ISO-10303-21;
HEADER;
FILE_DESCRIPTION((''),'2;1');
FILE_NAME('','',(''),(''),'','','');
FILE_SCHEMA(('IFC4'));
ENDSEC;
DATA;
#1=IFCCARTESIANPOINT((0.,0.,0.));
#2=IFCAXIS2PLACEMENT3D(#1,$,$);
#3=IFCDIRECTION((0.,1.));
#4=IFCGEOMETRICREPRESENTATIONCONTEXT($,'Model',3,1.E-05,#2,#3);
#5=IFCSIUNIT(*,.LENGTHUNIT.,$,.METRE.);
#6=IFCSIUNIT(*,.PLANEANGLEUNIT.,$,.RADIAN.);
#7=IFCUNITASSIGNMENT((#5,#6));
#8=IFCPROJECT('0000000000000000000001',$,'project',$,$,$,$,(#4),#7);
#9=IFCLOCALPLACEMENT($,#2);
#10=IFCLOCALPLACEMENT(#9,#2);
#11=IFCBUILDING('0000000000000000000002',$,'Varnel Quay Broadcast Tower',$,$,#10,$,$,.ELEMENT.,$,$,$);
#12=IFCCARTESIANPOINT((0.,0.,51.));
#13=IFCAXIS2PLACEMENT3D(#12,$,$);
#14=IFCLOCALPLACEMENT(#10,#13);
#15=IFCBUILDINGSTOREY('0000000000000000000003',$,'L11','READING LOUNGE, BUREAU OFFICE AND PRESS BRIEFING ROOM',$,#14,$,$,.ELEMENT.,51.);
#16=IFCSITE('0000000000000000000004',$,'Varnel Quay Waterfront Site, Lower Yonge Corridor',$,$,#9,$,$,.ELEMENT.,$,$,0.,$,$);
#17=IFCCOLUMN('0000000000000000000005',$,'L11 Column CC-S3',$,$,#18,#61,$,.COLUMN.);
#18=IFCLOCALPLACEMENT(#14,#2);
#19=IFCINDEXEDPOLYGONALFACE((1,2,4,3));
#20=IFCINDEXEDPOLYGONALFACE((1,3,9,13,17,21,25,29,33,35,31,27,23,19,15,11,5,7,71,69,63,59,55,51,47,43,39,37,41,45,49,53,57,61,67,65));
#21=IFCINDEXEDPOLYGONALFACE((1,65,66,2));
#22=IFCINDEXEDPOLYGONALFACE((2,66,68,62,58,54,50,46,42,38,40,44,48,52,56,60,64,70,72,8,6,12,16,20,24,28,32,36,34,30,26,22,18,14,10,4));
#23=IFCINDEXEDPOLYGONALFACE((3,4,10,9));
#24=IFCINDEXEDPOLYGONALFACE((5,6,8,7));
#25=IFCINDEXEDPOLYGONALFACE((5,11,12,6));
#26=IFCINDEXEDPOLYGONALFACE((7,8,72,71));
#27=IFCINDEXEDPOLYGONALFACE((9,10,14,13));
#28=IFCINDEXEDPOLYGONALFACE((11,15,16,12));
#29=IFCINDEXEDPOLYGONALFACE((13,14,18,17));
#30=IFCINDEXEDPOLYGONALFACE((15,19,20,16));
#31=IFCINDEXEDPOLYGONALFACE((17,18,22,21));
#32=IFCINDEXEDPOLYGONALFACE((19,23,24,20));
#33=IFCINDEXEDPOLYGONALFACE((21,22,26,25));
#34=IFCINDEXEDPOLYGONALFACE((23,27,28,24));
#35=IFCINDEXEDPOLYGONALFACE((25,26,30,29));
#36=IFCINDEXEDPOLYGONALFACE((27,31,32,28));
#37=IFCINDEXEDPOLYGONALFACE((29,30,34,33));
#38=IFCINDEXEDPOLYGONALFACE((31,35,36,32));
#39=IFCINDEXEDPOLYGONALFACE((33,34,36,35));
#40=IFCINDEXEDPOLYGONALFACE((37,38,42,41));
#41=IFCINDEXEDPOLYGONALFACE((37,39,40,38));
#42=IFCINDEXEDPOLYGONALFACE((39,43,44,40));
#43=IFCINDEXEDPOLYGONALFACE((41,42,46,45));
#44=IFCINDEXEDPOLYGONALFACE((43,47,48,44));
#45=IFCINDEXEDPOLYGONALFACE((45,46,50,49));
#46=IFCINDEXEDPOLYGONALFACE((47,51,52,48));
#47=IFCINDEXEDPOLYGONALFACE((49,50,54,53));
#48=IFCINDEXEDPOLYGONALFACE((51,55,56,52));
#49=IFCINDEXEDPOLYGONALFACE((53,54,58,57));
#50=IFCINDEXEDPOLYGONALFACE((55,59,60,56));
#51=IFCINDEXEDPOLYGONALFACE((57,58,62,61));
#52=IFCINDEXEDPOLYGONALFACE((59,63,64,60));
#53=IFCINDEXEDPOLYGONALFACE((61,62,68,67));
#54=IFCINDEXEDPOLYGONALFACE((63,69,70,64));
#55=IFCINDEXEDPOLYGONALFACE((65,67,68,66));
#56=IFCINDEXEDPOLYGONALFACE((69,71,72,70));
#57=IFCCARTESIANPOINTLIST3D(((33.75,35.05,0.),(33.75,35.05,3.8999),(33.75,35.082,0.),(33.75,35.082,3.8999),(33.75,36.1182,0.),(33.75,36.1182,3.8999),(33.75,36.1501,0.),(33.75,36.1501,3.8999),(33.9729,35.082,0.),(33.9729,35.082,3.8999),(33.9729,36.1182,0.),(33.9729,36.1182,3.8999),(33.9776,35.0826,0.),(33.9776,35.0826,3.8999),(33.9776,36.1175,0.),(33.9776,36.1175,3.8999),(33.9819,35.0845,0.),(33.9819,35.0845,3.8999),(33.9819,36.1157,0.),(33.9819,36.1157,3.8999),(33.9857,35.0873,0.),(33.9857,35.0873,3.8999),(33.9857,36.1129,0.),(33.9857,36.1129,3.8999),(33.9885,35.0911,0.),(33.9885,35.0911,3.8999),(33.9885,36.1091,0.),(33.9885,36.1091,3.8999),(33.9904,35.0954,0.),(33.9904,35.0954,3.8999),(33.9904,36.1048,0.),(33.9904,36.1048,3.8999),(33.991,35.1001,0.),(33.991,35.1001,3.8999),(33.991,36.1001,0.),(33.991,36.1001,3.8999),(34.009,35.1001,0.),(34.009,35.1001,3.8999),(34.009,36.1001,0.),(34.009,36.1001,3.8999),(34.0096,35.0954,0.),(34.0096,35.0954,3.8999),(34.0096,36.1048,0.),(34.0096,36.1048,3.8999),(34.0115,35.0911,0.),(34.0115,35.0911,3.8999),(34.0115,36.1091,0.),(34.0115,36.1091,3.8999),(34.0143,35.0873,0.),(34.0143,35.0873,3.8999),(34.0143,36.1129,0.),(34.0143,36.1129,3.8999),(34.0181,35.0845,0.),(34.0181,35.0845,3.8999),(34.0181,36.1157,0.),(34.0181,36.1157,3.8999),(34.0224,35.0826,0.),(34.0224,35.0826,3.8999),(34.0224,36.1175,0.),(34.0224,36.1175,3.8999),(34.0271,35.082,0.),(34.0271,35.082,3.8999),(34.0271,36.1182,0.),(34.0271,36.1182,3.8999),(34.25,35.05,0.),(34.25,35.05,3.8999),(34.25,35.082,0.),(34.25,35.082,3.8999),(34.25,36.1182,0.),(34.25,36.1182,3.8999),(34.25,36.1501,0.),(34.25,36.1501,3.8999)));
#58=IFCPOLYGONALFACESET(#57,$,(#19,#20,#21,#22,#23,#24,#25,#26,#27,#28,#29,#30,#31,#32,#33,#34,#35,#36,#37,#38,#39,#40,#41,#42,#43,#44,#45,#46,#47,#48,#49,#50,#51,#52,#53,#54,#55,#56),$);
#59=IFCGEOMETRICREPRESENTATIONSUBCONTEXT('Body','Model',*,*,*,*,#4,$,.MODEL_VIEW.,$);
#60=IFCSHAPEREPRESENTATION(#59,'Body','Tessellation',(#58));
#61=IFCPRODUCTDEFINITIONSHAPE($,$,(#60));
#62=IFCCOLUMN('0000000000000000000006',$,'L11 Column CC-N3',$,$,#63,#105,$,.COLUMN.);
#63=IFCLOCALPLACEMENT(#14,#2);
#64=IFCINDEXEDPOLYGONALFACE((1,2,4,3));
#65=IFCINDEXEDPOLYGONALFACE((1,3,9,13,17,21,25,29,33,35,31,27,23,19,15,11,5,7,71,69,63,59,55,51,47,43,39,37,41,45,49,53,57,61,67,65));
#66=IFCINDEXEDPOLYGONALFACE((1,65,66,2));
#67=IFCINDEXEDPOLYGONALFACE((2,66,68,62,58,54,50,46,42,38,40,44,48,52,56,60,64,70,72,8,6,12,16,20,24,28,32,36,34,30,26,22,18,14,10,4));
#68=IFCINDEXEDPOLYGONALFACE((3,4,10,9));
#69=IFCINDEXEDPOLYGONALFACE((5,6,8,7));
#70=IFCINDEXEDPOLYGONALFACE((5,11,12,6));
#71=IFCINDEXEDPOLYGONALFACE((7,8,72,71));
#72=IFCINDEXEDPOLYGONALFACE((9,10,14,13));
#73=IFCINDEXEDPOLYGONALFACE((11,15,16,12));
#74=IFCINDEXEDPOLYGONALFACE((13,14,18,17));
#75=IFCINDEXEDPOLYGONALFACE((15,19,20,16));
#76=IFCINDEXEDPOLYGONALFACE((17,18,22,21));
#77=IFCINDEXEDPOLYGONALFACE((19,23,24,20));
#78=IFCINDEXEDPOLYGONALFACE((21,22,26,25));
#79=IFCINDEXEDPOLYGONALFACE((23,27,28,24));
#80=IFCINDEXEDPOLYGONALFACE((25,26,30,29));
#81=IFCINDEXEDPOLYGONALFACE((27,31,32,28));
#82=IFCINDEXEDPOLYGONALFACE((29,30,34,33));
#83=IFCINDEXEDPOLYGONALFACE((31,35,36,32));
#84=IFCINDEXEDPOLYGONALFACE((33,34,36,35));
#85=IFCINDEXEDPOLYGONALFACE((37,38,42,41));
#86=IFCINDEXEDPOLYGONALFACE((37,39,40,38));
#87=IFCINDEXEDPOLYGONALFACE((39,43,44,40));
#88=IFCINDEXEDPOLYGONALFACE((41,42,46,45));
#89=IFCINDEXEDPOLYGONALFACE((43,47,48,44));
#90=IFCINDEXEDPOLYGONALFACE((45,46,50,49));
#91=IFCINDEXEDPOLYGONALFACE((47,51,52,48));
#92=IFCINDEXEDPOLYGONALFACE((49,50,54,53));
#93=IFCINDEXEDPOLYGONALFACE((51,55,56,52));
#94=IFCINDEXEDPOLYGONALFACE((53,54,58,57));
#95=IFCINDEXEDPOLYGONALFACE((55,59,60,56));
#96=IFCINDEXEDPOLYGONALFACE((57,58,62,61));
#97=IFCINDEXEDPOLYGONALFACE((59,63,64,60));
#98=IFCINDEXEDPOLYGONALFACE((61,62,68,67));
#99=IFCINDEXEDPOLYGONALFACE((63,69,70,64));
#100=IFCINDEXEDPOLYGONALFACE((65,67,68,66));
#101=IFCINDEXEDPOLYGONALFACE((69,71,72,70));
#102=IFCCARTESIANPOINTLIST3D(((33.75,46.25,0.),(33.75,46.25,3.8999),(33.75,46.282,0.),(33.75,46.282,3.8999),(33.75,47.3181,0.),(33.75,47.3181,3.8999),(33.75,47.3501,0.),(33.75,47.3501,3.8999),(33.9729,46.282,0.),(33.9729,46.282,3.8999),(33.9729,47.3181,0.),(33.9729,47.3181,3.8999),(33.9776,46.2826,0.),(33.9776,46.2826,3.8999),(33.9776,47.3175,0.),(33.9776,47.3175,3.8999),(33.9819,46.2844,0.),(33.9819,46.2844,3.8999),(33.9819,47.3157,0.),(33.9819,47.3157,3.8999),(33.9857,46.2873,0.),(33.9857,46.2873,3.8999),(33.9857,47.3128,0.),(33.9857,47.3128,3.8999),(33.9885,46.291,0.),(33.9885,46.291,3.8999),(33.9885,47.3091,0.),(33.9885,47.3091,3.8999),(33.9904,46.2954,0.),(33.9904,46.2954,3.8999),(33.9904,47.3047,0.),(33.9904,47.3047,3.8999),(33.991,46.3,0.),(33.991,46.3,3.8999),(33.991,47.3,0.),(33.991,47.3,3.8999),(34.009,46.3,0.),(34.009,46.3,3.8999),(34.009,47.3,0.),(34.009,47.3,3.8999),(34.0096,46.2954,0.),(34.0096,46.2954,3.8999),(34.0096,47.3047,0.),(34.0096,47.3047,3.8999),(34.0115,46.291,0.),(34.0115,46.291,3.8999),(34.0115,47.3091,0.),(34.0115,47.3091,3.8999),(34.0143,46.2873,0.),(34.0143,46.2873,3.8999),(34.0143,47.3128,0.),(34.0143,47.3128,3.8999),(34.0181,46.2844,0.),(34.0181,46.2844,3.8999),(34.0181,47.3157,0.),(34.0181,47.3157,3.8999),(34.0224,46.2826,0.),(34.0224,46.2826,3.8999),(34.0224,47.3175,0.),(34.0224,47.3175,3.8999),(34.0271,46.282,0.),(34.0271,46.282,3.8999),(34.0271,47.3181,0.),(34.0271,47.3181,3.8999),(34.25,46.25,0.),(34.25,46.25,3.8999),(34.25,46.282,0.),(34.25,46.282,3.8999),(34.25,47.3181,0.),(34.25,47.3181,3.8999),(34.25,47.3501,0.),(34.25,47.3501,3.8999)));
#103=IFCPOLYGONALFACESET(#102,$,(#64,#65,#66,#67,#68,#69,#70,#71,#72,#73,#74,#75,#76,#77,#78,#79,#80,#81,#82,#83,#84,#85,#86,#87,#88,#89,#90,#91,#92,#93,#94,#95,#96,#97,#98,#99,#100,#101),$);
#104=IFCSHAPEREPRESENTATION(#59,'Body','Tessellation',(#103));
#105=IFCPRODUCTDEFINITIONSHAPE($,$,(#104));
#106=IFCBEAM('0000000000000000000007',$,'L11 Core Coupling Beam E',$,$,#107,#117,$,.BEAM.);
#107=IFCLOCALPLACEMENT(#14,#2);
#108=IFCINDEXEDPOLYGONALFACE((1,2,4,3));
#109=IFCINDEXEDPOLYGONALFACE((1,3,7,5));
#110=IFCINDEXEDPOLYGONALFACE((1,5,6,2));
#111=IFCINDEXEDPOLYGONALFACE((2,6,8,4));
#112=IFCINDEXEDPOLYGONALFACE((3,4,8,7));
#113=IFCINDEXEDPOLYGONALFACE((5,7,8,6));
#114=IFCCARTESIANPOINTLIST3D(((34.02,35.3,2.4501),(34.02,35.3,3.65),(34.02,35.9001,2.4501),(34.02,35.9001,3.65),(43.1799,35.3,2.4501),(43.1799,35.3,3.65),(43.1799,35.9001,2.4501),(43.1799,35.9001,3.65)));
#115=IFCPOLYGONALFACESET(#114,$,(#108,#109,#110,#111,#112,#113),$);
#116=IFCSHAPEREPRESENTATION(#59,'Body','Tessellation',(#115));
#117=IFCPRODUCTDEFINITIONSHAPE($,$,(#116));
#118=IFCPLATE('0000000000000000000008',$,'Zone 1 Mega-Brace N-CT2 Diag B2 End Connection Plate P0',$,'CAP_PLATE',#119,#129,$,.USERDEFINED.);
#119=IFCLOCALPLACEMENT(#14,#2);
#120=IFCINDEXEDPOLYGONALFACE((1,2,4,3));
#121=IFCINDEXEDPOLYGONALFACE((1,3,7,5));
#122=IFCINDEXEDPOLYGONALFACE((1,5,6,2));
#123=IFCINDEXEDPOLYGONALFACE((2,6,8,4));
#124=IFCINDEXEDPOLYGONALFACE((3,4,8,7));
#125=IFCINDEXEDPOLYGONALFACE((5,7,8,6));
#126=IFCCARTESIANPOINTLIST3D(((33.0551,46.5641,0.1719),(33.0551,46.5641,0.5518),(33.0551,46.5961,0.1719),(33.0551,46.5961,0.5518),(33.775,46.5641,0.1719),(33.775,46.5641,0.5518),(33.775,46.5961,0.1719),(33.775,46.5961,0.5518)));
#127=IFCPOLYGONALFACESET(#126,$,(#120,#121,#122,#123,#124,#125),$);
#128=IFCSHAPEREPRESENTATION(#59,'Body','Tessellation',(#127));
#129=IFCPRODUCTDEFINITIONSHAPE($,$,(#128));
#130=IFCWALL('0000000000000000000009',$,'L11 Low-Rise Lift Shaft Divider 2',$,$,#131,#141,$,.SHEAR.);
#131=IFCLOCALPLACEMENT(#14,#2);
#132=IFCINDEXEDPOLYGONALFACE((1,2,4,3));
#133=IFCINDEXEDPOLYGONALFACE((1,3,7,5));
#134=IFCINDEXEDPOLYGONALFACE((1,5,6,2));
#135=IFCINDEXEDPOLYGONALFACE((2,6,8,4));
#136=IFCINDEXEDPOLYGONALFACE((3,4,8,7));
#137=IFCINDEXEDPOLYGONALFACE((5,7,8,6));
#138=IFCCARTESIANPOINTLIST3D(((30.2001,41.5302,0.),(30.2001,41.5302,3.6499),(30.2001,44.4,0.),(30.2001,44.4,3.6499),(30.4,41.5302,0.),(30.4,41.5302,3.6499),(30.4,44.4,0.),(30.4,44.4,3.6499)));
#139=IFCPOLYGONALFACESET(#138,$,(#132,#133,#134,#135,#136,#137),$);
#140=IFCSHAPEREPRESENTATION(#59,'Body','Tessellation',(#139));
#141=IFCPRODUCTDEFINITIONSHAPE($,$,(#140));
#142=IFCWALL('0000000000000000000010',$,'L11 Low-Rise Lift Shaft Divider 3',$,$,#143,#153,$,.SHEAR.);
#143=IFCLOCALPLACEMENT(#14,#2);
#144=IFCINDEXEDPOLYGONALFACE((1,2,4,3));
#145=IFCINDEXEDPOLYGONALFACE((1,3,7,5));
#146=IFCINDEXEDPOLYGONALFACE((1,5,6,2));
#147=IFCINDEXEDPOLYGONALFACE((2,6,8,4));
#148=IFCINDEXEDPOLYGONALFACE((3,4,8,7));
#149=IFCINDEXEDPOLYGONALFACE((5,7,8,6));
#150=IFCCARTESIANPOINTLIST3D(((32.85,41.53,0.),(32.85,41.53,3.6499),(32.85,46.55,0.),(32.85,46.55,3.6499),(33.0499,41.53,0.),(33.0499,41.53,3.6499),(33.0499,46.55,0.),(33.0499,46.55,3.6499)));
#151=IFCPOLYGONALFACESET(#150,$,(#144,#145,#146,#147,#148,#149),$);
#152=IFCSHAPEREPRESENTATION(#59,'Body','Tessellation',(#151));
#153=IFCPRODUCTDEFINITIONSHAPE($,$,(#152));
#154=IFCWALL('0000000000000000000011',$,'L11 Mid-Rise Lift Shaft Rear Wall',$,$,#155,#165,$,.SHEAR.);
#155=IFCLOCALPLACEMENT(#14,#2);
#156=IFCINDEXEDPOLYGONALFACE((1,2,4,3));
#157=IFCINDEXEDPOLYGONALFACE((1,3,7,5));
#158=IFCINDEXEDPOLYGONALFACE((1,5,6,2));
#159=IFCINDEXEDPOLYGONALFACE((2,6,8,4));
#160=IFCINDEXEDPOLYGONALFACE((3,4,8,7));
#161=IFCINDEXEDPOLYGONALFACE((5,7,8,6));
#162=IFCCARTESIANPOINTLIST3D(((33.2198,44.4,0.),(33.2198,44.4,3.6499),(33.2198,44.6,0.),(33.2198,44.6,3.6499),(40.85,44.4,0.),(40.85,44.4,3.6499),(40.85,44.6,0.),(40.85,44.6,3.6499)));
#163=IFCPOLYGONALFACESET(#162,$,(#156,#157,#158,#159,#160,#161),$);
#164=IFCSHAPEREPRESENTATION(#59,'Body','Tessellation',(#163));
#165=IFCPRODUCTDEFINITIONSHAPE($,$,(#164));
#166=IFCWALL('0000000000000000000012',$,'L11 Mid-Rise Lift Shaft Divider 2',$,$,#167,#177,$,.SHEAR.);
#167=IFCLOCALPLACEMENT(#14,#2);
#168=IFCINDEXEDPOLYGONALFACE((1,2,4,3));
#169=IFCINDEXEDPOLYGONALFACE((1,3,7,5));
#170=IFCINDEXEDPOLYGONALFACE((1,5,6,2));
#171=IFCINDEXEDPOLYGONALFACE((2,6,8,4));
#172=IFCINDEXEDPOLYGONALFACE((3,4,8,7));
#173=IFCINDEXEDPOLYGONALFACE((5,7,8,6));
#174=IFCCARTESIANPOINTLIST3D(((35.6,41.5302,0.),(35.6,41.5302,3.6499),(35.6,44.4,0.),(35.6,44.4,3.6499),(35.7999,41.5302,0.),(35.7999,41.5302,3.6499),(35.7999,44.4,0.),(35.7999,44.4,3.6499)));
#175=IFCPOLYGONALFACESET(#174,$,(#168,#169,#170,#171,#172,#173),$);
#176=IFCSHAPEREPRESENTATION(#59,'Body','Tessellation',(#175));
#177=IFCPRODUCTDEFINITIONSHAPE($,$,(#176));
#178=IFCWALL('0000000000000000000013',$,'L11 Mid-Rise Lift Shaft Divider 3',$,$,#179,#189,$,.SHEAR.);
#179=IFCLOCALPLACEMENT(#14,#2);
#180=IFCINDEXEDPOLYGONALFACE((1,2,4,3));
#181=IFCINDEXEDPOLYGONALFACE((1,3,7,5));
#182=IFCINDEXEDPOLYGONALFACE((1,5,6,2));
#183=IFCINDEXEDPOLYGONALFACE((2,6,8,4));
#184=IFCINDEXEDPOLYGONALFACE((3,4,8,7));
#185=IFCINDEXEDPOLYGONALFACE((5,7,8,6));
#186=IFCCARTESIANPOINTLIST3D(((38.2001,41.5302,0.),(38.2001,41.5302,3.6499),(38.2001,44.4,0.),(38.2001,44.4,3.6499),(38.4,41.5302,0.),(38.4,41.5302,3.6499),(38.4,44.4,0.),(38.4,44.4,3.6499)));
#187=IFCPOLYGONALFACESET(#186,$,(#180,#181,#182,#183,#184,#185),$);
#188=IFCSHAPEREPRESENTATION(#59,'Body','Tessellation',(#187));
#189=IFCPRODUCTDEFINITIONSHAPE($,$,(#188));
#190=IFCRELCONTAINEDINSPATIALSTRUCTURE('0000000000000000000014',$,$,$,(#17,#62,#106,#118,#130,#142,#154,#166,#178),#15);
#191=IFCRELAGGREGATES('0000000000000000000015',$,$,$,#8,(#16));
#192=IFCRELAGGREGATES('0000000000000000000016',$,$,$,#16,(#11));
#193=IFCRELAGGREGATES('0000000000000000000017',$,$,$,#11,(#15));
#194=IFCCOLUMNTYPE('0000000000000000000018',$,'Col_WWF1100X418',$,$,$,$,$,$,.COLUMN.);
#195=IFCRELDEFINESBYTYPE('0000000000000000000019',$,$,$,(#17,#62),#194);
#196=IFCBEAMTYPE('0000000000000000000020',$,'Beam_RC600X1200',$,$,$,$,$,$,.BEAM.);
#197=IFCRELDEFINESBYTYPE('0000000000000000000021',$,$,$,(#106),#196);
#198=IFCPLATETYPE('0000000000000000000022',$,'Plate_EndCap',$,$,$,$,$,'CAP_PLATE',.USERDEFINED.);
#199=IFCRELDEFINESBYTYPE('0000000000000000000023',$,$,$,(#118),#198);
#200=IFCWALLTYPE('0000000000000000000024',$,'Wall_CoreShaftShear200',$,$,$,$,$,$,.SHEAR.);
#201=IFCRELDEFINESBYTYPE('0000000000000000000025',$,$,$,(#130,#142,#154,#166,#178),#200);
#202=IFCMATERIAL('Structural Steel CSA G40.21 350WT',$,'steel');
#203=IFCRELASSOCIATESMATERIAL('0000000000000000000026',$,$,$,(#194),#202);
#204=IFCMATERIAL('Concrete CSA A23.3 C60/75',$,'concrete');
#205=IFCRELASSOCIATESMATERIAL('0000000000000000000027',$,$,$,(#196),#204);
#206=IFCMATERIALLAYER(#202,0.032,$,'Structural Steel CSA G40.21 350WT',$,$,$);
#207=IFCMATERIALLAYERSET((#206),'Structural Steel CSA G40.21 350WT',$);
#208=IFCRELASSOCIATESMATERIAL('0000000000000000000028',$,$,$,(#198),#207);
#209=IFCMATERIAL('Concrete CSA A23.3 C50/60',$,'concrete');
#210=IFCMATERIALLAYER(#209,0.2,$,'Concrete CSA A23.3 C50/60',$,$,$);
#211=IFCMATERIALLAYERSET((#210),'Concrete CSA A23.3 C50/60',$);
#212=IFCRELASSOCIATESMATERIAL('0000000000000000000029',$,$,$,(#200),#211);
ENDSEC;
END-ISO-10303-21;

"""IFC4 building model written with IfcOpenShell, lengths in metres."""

from ifc_helpers import new_model, si_unit, direction, frame, frame_2d, origin, origin_2d, place, context, subcontext, project, spatial, rectangle, i_section, extrude, source, transform, mapped, material, layer, layer_set, material_profile, profile_set, type_object, type_shapes, element, save


model = new_model("IFC4")

# Units and contexts
model_context = context("Model", 3, precision=1e-05, world=origin(), true_north=direction((0.0, 1.0)))
body_context = subcontext(model_context, "Body", "Model", "MODEL_VIEW")
ifc_project = project(units=[si_unit("LENGTHUNIT", "METRE"), si_unit("PLANEANGLEUNIT", "RADIAN")], contexts=[model_context])

# Site, building, storey
site_placement = place(None, origin())
site = spatial("IfcSite", under=ifc_project, at=site_placement, Name="Varnel Quay Waterfront Site, Lower Yonge Corridor", CompositionType="ELEMENT", RefElevation=0.0)
building_placement = place(site_placement, origin())
building = spatial("IfcBuilding", under=site, at=building_placement, Name="Varnel Quay Broadcast Tower", CompositionType="ELEMENT")
storey_placement = place(building_placement, frame((0.0, 0.0, 51.0)))
storey = spatial("IfcBuildingStorey", under=building, at=storey_placement, Name="L11", Description="READING LOUNGE, BUREAU OFFICE AND PRESS BRIEFING ROOM", CompositionType="ELEMENT", Elevation=51.0)

# Columns
ifc_material_1 = material(Name="Structural Steel CSA G40.21 350WT", Category="steel")
ifc_material_profile_1 = material_profile(ifc_material_1, i_section(OverallWidth=0.5, OverallDepth=1.1001, WebThickness=0.0181, FlangeThickness=0.032, FilletRadius=0.0181, at=origin_2d()), Name="WWF1100X418")
ifc_profile_set_1 = profile_set([ifc_material_profile_1], Name="Structural Steel CSA G40.21 350WT")
column_type = type_object("IfcColumnType", Name="Col_WWF1100X418", PredefinedType="COLUMN", material=ifc_profile_set_1)
shared_shape_1 = source(origin(), body_context, "Body", "SweptSolid", [
    extrude(i_section(OverallWidth=0.5, OverallDepth=1.1001, WebThickness=0.0181, FlangeThickness=0.032, FilletRadius=0.0181, at=origin_2d()), origin(), (0.0, 0.0, 1.0), 3.8999),
])
type_shapes(column_type, [shared_shape_1])
for number, where, z_axis, x_axis, name in (
    (1, (34.0, 35.6001, 0.0), (0.0, 0.0, 1.0), (1.0, 0.0, 0.0), "L11 Column CC-S3"),
    (2, (34.0, 46.8, 0.0), (0.0, 0.0, 1.0), (1.0, 0.0, 0.0), "L11 Column CC-N3"),
):
    element("IfcColumn", number, at=place(storey_placement, frame(where, z_axis=z_axis, x_axis=x_axis)), inside=storey, type_object=column_type, Name=name, PredefinedType="COLUMN", context=body_context, shape_type="MappedRepresentation", body=[
        mapped(shared_shape_1, transform((0.0, 0.0, 0.0), x_axis=(1.0, 0.0, 0.0), y_axis=(0.0, 1.0, 0.0), z_axis=(0.0, 0.0, 1.0), scale=1.0)),
    ])

# Beam
ifc_material_2 = material(Name="Concrete CSA A23.3 C60/75", Category="concrete")
ifc_material_profile_2 = material_profile(ifc_material_2, rectangle(XDim=0.6001, YDim=1.2, at=origin_2d()), Name="RC600X1200")
ifc_profile_set_2 = profile_set([ifc_material_profile_2], Name="Concrete CSA A23.3 C60/75")
beam_type = type_object("IfcBeamType", Name="Beam_RC600X1200", PredefinedType="BEAM", material=ifc_profile_set_2)
shared_shape_2 = source(origin(), body_context, "Body", "SweptSolid", [
    extrude(rectangle(XDim=0.6001, YDim=1.2, at=origin_2d()), origin(), (0.0, 0.0, 1.0), 9.1599),
])
type_shapes(beam_type, [shared_shape_2])
beam_placement = place(storey_placement, frame((34.02, 35.6001, 3.05), z_axis=(1.0, 0.0, 0.0), x_axis=(0.0, 1.0, 0.0)))
element("IfcBeam", 3, at=beam_placement, inside=storey, type_object=beam_type, Name="L11 Core Coupling Beam E", PredefinedType="BEAM", context=body_context, shape_type="MappedRepresentation", body=[
    mapped(shared_shape_2, transform((0.0, 0.0, 0.0), x_axis=(1.0, 0.0, 0.0), y_axis=(0.0, 1.0, 0.0), z_axis=(0.0, 0.0, 1.0), scale=1.0)),
])

# Plate
ifc_layer_1 = layer(ifc_material_1, 0.032, Name="Structural Steel CSA G40.21 350WT")
ifc_layer_set_1 = layer_set([ifc_layer_1], Name="Structural Steel CSA G40.21 350WT")
plate_type = type_object("IfcPlateType", Name="Plate_EndCap", ElementType="CAP_PLATE", PredefinedType="USERDEFINED", material=ifc_layer_set_1)
shared_shape_3 = source(origin(), body_context, "Body", "SweptSolid", [
    extrude(rectangle(XDim=0.72, YDim=0.032, at=origin_2d()), origin(), (0.0, 0.0, 1.0), 0.3799),
])
type_shapes(plate_type, [shared_shape_3])
plate_placement = place(storey_placement, frame((33.415, 46.5801, 0.1719), z_axis=(0.0, 0.0, 1.0), x_axis=(1.0, 0.0, 0.0)))
element("IfcPlate", 4, at=plate_placement, inside=storey, type_object=plate_type, Name="Zone 1 Mega-Brace N-CT2 Diag B2 End Connection Plate P0", ObjectType="CAP_PLATE", PredefinedType="USERDEFINED", context=body_context, shape_type="MappedRepresentation", body=[
    mapped(shared_shape_3, transform((0.0, 0.0, 0.0), x_axis=(1.0, 0.0, 0.0), y_axis=(0.0, 1.0, 0.0), z_axis=(0.0, 0.0, 1.0), scale=1.0)),
])

# Walls
ifc_material_3 = material(Name="Concrete CSA A23.3 C50/60", Category="concrete")
ifc_layer_2 = layer(ifc_material_3, 0.2, Name="Concrete CSA A23.3 C50/60")
ifc_layer_set_2 = layer_set([ifc_layer_2], Name="Concrete CSA A23.3 C50/60")
wall_type_1 = type_object("IfcWallType", Name="Wall_CoreShaftShear200", PredefinedType="SHEAR", material=ifc_layer_set_2)
wall_1_placement = place(storey_placement, frame((30.3, 41.53, 0.0), z_axis=(0.0, 0.0, 1.0), x_axis=(0.0, 1.0, 0.0)))
element("IfcWall", 5, at=wall_1_placement, inside=storey, type_object=wall_type_1, Name="L11 Low-Rise Lift Shaft Divider 2", PredefinedType="SHEAR", context=body_context, shape_type="SweptSolid", body=[
    extrude(rectangle(XDim=2.8699, YDim=0.2, at=frame_2d((1.4351, 0.0))), origin(), (0.0, 0.0, 1.0), 3.6499),
])
wall_2_placement = place(storey_placement, frame((32.95, 41.53, 0.0), z_axis=(0.0, 0.0, 1.0), x_axis=(0.0, 1.0, 0.0)))
element("IfcWall", 6, at=wall_2_placement, inside=storey, type_object=wall_type_1, Name="L11 Low-Rise Lift Shaft Divider 3", PredefinedType="SHEAR", context=body_context, shape_type="SweptSolid", body=[
    extrude(rectangle(XDim=5.02, YDim=0.2, at=frame_2d((2.51, 0.0))), origin(), (0.0, 0.0, 1.0), 3.6499),
])
wall_3_placement = place(storey_placement, frame((33.22, 44.5, 0.0), z_axis=(0.0, 0.0, 1.0), x_axis=(1.0, 0.0, 0.0)))
element("IfcWall", 7, at=wall_3_placement, inside=storey, type_object=wall_type_1, Name="L11 Mid-Rise Lift Shaft Rear Wall", PredefinedType="SHEAR", context=body_context, shape_type="SweptSolid", body=[
    extrude(rectangle(XDim=7.6301, YDim=0.2, at=frame_2d((3.8149, 0.0))), origin(), (0.0, 0.0, 1.0), 3.6499),
])
for number, where, z_axis, x_axis, name in (
    (8, (35.7, 41.53, 0.0), (0.0, 0.0, 1.0), (0.0, 1.0, 0.0), "L11 Mid-Rise Lift Shaft Divider 2"),
    (9, (38.3, 41.53, 0.0), (0.0, 0.0, 1.0), (0.0, 1.0, 0.0), "L11 Mid-Rise Lift Shaft Divider 3"),
):
    element("IfcWall", number, at=place(storey_placement, frame(where, z_axis=z_axis, x_axis=x_axis)), inside=storey, type_object=wall_type_1, Name=name, PredefinedType="SHEAR", context=body_context, shape_type="SweptSolid", body=[
        extrude(rectangle(XDim=2.8699, YDim=0.2, at=frame_2d((1.4351, 0.0))), origin(), (0.0, 0.0, 1.0), 3.6499),
    ])

save(model, "model.ifc")
